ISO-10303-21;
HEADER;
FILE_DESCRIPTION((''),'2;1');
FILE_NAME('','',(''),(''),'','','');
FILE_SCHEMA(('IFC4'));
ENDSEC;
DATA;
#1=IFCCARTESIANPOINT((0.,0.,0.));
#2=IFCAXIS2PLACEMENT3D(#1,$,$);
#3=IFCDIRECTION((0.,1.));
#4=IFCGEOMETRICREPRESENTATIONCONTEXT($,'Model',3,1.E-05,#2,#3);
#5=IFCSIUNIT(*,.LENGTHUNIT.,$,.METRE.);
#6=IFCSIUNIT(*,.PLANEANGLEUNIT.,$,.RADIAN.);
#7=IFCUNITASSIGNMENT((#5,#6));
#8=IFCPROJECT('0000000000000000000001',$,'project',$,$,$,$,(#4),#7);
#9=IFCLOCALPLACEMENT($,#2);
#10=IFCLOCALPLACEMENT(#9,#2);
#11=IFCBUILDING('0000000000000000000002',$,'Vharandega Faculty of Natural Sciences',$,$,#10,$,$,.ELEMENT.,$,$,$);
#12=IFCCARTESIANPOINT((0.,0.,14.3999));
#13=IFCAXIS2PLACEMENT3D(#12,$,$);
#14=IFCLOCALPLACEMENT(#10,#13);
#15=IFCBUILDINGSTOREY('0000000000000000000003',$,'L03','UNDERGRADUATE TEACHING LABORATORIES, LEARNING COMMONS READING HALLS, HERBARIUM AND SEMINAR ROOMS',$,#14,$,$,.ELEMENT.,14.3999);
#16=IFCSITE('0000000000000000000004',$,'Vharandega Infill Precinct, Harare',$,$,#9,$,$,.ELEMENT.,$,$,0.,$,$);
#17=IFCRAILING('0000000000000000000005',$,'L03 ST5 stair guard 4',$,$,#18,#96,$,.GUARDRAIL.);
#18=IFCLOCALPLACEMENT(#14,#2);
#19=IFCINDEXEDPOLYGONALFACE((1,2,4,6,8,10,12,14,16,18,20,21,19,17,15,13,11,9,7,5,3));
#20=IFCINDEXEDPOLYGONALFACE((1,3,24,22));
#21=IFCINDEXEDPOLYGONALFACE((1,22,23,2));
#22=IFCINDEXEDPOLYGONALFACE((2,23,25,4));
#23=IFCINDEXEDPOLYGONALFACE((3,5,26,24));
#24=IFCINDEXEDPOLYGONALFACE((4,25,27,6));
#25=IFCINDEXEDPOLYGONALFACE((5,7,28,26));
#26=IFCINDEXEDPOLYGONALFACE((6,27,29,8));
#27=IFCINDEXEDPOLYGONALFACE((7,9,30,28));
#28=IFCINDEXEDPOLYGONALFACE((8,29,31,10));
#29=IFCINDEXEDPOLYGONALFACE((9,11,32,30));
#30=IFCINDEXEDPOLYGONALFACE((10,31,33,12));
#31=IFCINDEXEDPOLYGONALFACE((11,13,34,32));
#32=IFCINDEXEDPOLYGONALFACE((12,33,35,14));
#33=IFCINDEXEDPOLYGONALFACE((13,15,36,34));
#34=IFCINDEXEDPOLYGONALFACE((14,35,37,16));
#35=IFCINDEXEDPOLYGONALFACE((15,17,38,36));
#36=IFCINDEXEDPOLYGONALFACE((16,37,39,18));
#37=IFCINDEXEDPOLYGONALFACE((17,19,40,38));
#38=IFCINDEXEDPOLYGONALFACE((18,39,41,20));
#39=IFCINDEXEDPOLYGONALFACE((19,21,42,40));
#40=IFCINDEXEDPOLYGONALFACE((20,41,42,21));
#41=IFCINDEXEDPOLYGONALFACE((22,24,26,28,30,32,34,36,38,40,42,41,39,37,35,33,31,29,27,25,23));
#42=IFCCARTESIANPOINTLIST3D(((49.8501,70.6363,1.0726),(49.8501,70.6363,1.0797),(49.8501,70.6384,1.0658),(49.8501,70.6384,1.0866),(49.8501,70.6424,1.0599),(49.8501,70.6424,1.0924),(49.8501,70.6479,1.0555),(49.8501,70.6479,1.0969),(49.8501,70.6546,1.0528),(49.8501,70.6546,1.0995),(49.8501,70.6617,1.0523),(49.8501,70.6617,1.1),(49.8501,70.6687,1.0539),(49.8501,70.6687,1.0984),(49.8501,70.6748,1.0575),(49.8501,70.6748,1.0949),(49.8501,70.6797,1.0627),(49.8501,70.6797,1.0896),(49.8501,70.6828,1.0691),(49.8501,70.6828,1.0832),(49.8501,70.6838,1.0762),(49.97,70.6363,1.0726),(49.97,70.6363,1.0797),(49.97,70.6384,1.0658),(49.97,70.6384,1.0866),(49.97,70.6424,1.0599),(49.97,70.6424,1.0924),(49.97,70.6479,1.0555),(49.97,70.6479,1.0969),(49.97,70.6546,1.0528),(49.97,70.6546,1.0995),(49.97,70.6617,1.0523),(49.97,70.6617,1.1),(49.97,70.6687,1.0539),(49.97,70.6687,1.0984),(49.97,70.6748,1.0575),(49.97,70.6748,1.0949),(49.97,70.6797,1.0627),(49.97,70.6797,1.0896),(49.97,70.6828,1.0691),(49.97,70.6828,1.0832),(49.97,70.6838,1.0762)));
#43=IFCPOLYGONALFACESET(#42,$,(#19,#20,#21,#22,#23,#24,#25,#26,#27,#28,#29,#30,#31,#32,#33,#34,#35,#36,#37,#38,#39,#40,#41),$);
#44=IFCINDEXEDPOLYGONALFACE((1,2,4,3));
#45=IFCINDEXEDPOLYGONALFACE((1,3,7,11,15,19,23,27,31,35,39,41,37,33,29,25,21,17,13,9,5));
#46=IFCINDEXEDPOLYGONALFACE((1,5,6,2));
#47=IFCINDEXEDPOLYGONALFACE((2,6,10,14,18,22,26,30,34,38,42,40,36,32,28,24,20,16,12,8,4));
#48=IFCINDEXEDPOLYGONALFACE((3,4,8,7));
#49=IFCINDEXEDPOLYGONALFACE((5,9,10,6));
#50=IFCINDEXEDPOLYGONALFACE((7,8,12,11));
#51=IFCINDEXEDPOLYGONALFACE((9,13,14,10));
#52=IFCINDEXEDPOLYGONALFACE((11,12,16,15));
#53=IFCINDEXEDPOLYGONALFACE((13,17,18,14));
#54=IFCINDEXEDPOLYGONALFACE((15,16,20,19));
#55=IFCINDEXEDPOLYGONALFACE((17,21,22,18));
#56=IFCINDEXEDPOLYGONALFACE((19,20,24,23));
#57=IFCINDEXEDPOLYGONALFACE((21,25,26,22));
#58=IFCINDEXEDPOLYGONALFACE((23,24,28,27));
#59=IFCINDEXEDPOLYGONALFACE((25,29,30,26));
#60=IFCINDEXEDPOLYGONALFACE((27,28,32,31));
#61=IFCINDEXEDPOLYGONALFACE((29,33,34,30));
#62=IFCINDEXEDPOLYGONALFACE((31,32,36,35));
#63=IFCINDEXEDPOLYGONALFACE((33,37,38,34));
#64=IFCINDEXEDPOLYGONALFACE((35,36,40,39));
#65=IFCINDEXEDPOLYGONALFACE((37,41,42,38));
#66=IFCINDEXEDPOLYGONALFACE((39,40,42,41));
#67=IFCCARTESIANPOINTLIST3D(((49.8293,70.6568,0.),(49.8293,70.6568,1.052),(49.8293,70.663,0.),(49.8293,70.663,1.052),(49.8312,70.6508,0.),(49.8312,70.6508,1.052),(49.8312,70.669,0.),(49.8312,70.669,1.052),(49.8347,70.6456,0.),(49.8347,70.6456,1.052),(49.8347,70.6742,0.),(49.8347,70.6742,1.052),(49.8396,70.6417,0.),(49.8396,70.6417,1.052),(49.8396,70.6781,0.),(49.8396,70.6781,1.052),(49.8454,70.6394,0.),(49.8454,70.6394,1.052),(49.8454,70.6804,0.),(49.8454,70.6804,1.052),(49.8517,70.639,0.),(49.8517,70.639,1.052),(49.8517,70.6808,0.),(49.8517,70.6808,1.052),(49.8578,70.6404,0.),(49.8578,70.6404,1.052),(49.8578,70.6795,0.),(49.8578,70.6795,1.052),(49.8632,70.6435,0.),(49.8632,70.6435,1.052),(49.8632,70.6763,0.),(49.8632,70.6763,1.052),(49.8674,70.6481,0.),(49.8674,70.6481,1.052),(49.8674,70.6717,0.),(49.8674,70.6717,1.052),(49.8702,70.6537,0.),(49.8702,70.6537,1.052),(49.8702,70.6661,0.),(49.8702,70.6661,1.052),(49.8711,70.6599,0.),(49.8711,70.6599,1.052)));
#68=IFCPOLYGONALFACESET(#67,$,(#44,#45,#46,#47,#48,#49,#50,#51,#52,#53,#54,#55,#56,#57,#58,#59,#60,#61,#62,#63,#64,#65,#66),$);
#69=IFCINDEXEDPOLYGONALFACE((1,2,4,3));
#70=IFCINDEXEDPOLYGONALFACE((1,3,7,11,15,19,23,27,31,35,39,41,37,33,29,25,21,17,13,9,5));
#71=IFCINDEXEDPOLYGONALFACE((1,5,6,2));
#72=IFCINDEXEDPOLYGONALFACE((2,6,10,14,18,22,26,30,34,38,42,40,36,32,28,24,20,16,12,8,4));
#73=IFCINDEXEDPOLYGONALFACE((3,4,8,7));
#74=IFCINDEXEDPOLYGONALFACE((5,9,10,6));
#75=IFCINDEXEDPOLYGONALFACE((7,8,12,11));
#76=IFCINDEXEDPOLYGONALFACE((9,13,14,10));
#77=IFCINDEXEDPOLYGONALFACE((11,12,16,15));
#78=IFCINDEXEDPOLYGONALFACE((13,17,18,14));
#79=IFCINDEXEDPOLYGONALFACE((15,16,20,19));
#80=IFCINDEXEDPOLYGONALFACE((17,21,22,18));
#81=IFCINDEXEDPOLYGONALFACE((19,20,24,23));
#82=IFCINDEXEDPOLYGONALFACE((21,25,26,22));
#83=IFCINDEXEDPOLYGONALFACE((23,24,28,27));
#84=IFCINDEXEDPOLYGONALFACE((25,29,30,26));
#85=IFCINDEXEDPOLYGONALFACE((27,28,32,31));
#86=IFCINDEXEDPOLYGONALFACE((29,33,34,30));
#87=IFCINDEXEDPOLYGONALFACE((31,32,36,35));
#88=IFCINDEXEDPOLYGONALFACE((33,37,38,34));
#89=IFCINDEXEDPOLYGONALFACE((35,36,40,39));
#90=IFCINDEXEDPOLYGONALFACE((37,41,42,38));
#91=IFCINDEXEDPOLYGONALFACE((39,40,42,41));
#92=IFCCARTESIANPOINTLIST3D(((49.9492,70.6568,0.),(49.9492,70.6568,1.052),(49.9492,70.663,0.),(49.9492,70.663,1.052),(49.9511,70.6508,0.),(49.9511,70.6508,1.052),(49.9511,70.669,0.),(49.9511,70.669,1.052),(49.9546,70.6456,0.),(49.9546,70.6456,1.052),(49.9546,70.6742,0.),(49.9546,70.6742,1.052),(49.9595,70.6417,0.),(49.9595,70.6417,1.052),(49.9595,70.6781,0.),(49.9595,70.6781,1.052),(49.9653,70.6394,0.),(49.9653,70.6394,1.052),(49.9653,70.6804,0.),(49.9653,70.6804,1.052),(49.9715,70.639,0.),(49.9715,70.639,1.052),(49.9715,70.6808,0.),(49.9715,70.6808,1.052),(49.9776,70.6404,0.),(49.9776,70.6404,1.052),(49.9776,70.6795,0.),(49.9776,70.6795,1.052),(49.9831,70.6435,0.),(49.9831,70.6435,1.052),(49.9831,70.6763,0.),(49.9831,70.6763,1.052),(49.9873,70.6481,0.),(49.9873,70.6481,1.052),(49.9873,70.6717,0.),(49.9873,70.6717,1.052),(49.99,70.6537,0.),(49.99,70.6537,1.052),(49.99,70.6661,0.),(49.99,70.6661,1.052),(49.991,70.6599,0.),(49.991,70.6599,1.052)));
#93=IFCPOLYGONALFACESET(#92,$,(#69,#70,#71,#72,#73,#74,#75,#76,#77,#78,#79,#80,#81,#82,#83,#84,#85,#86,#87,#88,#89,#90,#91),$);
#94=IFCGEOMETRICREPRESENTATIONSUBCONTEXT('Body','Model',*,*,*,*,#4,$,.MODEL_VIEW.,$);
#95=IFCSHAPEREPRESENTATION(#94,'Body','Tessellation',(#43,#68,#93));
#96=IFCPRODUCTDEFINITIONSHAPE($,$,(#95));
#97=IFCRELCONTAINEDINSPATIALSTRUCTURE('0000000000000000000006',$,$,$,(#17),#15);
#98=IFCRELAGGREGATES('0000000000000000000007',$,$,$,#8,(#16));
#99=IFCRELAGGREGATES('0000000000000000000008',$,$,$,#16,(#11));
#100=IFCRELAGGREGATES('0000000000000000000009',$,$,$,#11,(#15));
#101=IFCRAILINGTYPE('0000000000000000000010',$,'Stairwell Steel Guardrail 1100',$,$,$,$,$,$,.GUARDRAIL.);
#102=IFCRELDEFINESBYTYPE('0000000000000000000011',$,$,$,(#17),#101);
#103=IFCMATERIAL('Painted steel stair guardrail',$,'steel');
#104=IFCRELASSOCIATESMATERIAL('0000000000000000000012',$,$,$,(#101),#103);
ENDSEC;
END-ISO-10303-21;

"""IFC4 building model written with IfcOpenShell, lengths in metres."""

from ifc_helpers import new_model, si_unit, direction, frame, origin, origin_2d, place, context, subcontext, project, spatial, circle, extrude, material, type_object, element, save


model = new_model("IFC4")

# Units and contexts
model_context = context("Model", 3, precision=1e-05, world=origin(), true_north=direction((0.0, 1.0)))
body_context = subcontext(model_context, "Body", "Model", "MODEL_VIEW")
ifc_project = project(units=[si_unit("LENGTHUNIT", "METRE"), si_unit("PLANEANGLEUNIT", "RADIAN")], contexts=[model_context])

# Site, building, storey
site_placement = place(None, origin())
site = spatial("IfcSite", under=ifc_project, at=site_placement, Name="Vharandega Infill Precinct, Harare", CompositionType="ELEMENT", RefElevation=0.0)
building_placement = place(site_placement, origin())
building = spatial("IfcBuilding", under=site, at=building_placement, Name="Vharandega Faculty of Natural Sciences", CompositionType="ELEMENT")
storey_placement = place(building_placement, frame((0.0, 0.0, 14.3999)))
storey = spatial("IfcBuildingStorey", under=building, at=storey_placement, Name="L03", Description="UNDERGRADUATE TEACHING LABORATORIES, LEARNING COMMONS READING HALLS, HERBARIUM AND SEMINAR ROOMS", CompositionType="ELEMENT", Elevation=14.3999)

# Railing
ifc_material_1 = material(Name="Painted steel stair guardrail", Category="steel")
railing_type_1 = type_object("IfcRailingType", Name="Stairwell Steel Guardrail 1100", PredefinedType="GUARDRAIL", material=ifc_material_1)
railing_1_placement = place(storey_placement, frame((49.8501, 70.6599, 0.0)))
element("IfcRailing", 1, at=railing_1_placement, inside=storey, type_object=railing_type_1, Name="L03 ST5 stair guard 4", PredefinedType="GUARDRAIL", context=body_context, shape_type="SweptSolid", body=[
    extrude(circle(Radius=0.0239, at=origin_2d()), frame((0.0, 0.0, 1.0762), z_axis=(1.0, 0.0, 0.0), x_axis=(0.0, 1.0, 0.0)), (0.0, 0.0, 1.0), 0.1199),
    extrude(circle(Radius=0.021, at=origin_2d()), origin(), (0.0, 0.0, 1.0), 1.052),
    extrude(circle(Radius=0.021, at=origin_2d()), frame((0.1199, 0.0, 0.0)), (0.0, 0.0, 1.0), 1.052),
])

save(model, "model.ifc")
